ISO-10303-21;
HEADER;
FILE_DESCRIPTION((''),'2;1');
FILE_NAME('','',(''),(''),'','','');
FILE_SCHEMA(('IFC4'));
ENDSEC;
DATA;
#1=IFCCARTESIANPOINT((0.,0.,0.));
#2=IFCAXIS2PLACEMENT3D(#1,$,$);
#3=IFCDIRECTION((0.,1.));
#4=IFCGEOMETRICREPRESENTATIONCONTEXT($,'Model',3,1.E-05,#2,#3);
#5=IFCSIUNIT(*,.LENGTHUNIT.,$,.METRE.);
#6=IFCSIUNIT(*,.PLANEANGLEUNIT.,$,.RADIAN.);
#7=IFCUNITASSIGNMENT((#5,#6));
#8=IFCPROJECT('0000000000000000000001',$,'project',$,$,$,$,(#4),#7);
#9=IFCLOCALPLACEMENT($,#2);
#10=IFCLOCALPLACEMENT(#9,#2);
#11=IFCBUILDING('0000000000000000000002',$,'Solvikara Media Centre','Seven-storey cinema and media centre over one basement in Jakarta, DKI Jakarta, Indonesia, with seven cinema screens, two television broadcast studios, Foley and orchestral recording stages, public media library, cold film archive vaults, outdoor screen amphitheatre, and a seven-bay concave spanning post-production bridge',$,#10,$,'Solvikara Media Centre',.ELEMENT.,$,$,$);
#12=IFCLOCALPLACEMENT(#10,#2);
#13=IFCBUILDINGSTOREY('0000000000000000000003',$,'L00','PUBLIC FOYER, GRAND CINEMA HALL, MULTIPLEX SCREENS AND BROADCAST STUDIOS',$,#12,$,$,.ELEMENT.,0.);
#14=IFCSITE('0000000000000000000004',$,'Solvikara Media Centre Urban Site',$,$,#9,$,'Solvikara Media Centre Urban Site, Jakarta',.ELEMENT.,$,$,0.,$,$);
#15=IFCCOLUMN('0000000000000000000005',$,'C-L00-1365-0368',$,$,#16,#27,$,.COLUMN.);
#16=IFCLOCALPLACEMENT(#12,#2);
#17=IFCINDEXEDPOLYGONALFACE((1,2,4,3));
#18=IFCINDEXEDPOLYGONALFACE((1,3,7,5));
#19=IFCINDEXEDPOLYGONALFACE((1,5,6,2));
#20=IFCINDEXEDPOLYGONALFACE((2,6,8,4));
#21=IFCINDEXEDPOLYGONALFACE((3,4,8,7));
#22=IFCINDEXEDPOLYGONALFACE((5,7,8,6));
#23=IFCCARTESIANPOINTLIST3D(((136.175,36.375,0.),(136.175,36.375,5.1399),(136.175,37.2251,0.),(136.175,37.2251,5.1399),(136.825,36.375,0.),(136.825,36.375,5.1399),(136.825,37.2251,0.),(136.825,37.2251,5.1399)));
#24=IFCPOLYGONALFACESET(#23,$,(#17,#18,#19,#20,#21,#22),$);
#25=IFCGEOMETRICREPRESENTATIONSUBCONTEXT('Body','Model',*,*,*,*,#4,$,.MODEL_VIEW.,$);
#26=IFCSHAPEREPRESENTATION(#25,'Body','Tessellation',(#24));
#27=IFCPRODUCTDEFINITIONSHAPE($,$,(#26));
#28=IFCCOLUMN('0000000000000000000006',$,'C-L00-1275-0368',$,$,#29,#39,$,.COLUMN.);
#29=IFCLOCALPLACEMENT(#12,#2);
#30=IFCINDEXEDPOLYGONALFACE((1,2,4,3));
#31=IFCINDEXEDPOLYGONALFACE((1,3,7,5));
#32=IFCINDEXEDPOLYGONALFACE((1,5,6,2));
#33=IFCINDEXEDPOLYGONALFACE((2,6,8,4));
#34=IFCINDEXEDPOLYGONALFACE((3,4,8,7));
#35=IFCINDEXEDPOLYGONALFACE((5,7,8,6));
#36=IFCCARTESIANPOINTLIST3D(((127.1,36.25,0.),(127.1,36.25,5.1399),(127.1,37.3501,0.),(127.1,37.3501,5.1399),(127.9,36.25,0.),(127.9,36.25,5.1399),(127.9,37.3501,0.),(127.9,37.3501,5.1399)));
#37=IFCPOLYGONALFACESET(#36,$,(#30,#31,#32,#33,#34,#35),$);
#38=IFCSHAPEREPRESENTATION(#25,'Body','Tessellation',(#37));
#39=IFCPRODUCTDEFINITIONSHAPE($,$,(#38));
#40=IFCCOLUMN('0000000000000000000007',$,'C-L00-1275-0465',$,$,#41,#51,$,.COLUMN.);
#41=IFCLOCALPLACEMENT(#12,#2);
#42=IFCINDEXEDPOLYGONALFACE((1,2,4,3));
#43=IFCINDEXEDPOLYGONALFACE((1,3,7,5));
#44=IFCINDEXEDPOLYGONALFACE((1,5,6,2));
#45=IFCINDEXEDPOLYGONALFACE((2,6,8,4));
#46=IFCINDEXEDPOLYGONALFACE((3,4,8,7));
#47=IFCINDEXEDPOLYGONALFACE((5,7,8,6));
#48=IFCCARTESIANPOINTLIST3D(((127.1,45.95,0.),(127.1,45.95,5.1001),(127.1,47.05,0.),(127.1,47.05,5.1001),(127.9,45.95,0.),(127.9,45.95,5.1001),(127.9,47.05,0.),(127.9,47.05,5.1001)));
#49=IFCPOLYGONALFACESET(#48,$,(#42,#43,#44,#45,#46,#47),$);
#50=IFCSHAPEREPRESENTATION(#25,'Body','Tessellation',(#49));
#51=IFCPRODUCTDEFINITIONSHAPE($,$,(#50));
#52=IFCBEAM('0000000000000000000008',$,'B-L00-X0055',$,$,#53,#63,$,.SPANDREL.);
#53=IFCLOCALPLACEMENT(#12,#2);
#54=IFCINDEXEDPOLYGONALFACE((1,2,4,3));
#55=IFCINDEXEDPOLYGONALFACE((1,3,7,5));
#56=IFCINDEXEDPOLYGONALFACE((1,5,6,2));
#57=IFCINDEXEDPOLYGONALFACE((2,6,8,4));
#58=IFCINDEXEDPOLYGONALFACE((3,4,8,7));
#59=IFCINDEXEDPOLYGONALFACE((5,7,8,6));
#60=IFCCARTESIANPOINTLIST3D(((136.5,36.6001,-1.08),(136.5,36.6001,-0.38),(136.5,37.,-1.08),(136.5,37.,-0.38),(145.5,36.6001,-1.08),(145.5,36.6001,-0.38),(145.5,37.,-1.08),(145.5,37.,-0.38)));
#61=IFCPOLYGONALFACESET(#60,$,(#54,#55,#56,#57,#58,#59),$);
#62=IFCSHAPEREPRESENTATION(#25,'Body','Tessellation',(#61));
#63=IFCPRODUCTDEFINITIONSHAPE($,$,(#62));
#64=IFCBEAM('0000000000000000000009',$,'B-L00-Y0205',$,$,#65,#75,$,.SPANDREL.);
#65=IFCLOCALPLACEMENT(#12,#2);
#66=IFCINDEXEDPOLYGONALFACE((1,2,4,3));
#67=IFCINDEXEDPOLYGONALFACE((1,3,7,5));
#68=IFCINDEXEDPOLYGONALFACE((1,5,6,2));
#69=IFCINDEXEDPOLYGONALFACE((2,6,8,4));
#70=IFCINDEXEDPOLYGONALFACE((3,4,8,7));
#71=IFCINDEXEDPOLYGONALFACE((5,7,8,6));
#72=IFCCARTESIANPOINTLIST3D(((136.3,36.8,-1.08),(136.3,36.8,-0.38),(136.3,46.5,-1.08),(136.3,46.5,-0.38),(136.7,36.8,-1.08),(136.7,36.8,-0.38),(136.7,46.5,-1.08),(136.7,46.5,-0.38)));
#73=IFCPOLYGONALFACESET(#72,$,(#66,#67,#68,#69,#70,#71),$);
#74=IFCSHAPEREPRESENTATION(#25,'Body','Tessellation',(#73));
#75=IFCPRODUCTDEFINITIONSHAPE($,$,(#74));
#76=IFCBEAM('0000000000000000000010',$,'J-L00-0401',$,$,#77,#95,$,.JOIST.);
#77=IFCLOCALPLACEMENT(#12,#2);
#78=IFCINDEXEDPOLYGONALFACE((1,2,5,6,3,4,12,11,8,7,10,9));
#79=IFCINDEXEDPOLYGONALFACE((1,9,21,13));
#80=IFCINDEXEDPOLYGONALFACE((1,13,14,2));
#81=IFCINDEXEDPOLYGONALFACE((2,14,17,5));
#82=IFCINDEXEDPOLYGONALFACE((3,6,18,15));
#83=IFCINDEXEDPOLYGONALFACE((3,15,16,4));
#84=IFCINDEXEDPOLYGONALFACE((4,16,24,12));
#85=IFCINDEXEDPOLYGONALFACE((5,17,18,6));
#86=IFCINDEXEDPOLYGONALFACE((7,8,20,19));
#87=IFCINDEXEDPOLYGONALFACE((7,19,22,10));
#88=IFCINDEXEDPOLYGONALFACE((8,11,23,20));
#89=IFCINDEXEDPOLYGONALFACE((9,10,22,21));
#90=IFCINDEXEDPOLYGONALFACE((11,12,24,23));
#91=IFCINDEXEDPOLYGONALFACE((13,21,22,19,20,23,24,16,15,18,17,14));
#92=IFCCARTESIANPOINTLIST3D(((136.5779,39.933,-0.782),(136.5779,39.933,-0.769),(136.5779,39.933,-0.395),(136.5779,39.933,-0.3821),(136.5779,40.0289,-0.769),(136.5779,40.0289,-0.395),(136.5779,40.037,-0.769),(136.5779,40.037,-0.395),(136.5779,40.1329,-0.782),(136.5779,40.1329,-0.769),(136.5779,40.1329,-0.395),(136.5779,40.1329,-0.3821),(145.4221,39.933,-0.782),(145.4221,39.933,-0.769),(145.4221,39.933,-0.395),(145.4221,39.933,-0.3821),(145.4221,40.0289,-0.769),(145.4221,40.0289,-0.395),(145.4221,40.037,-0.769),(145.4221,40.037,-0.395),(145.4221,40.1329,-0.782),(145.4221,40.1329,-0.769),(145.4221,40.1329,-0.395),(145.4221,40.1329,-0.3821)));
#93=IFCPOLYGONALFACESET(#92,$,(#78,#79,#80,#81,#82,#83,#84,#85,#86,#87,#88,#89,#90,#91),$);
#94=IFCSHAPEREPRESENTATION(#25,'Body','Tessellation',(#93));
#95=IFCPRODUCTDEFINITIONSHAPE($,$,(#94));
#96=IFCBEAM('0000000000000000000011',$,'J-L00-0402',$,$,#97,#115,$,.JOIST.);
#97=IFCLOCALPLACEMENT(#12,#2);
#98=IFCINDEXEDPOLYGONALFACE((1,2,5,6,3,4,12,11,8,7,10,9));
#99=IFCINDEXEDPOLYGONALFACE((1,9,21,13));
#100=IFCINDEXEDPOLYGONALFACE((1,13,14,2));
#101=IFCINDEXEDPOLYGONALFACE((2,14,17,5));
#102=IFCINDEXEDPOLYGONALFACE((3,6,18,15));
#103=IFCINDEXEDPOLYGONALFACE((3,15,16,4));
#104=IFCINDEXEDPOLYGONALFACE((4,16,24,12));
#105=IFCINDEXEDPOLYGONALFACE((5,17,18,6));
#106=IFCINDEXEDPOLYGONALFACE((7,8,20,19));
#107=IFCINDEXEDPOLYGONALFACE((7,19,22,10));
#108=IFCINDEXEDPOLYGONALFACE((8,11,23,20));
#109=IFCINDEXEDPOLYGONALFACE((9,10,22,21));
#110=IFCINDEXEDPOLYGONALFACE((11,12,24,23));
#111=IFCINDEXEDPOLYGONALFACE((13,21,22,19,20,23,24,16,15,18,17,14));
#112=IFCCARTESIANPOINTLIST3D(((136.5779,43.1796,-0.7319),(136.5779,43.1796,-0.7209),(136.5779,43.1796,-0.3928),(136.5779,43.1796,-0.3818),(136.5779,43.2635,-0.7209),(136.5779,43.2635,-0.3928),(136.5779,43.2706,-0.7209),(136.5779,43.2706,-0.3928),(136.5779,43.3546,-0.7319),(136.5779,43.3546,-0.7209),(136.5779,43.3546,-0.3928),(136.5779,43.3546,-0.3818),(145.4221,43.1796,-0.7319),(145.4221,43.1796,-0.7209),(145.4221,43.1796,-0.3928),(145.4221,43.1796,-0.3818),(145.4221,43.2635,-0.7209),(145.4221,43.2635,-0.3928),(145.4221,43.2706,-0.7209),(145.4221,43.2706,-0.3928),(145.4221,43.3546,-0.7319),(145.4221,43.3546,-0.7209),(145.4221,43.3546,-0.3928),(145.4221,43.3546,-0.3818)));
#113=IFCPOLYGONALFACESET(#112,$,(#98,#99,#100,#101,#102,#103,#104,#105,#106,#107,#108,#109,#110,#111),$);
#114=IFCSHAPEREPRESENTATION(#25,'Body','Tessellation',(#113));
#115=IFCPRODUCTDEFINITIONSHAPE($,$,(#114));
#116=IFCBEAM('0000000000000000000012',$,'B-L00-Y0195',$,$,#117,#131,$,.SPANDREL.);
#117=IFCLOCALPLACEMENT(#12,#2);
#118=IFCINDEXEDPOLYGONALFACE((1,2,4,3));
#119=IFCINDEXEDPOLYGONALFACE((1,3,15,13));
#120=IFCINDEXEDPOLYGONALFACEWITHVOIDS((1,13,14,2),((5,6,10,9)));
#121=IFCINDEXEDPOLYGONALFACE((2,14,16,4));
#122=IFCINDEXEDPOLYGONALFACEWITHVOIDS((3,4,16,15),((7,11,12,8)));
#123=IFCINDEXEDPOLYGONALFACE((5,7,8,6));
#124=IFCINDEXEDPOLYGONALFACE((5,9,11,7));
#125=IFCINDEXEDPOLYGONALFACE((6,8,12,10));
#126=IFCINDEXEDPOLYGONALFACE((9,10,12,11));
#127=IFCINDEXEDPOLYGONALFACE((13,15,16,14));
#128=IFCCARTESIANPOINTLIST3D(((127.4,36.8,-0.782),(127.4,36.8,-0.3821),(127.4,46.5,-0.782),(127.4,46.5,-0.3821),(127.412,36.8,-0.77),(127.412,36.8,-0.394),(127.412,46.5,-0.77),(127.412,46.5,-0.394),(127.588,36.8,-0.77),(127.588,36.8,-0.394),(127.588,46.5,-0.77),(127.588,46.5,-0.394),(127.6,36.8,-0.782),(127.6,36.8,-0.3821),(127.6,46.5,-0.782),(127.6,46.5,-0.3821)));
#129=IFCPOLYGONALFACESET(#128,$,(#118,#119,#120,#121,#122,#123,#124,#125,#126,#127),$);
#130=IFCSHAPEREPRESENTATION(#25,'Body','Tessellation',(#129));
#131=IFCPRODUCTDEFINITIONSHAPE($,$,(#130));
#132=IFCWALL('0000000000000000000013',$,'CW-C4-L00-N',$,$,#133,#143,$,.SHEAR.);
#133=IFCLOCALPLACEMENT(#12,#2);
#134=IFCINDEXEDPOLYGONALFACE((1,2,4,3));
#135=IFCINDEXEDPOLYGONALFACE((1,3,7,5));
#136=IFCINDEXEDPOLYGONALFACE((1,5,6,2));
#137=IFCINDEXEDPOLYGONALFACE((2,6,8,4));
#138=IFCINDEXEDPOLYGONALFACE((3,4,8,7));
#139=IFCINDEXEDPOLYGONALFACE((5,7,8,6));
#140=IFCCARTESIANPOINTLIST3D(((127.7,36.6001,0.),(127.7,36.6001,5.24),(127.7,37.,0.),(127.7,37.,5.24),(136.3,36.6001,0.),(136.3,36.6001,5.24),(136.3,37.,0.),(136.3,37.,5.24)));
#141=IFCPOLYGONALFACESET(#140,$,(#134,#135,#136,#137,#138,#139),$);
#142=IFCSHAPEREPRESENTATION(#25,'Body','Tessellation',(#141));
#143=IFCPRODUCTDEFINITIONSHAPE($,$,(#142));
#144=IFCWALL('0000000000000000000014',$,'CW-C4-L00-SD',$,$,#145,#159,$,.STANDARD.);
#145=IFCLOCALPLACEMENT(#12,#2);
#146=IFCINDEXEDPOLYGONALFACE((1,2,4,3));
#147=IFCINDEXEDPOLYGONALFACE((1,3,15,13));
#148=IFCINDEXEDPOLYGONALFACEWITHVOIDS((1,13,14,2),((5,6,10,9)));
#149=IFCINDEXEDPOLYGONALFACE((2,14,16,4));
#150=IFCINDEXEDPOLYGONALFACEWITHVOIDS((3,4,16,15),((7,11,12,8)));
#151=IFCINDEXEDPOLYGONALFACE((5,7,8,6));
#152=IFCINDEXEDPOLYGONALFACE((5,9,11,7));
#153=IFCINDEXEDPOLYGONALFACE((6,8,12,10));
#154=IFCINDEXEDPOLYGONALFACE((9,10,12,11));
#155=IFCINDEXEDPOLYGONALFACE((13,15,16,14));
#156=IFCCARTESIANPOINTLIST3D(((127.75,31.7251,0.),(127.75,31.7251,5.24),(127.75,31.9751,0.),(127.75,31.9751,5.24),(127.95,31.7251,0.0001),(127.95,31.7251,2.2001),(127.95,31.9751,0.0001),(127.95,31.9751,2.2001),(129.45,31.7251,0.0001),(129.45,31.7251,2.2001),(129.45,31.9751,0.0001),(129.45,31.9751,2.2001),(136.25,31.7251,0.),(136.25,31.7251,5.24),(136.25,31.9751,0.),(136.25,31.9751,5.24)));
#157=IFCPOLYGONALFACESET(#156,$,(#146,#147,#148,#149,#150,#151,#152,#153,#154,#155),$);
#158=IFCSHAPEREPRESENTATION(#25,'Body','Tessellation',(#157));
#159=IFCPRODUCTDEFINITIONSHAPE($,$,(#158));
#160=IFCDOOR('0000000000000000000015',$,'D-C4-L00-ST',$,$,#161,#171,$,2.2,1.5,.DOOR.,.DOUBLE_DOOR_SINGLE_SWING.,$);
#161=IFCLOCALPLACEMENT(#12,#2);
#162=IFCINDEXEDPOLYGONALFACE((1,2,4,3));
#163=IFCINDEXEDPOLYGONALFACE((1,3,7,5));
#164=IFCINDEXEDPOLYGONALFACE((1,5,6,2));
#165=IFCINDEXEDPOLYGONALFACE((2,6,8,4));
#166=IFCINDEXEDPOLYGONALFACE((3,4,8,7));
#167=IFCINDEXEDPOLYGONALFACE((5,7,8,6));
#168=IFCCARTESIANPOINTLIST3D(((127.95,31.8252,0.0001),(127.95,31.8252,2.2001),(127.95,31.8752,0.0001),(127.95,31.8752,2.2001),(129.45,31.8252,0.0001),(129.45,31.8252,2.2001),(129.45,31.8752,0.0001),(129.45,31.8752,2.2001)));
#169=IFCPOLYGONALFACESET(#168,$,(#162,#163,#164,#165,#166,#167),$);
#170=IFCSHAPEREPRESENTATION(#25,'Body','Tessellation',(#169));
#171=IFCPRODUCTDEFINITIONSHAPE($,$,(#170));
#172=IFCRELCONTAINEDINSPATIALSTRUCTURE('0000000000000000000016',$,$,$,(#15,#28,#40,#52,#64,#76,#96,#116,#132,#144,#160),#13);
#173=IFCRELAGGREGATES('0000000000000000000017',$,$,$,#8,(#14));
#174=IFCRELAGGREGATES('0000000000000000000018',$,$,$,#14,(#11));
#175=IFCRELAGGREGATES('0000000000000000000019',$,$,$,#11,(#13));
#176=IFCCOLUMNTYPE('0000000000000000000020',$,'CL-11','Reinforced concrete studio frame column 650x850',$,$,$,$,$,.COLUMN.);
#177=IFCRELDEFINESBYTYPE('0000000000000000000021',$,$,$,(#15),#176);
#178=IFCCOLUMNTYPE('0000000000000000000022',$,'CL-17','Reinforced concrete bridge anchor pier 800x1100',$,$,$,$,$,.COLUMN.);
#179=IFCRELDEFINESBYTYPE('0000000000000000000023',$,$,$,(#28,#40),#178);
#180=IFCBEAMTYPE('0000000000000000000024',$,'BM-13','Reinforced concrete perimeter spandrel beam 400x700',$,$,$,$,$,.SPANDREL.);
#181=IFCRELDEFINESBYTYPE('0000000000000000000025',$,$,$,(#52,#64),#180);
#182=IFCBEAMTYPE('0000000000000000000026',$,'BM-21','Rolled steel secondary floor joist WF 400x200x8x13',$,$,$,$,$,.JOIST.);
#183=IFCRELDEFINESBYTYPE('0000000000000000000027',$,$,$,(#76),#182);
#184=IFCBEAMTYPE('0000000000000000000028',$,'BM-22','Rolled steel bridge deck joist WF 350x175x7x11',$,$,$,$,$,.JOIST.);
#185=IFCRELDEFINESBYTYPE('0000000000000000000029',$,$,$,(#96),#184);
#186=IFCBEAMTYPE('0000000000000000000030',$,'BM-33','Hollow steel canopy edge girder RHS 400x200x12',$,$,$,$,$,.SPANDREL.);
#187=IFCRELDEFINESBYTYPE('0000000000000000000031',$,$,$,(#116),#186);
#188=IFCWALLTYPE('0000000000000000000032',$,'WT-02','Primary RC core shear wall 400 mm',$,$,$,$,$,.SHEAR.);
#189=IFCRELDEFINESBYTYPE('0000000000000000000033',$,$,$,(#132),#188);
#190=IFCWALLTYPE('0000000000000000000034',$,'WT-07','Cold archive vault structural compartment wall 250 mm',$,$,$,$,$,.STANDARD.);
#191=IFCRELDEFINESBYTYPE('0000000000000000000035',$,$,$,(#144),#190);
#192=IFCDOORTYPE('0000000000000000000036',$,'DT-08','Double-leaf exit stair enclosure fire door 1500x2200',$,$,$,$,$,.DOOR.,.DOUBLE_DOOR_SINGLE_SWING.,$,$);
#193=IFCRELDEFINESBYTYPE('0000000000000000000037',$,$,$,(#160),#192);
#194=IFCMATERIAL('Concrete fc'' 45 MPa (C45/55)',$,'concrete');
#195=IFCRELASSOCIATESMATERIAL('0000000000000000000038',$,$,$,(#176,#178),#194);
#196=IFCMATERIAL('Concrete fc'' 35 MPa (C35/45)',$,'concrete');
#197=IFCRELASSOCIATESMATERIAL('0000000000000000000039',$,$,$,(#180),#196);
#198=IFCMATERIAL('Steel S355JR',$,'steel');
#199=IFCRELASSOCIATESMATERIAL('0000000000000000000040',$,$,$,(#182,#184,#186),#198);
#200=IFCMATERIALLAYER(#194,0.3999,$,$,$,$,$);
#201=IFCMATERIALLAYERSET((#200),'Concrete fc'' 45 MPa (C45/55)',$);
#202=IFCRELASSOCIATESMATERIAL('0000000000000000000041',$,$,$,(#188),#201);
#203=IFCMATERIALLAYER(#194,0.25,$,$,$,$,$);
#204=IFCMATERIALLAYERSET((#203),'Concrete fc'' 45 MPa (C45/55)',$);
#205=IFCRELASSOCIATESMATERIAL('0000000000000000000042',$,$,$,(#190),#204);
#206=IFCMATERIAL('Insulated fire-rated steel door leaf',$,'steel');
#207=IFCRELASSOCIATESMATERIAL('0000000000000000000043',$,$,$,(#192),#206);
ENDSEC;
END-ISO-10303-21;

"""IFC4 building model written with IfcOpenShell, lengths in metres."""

from ifc_helpers import new_model, si_unit, direction, frame, frame_2d, origin, origin_2d, place, context, subcontext, project, spatial, rectangle, hollow_rectangle, i_section, extrude, material, layer, layer_set, material_profile, profile_set, type_object, element, fill, save


model = new_model("IFC4")

# Units and contexts
model_context = context("Model", 3, precision=1e-05, world=origin(), true_north=direction((0.0, 1.0)))
body_context = subcontext(model_context, "Body", "Model", "MODEL_VIEW")
ifc_project = project(units=[si_unit("LENGTHUNIT", "METRE"), si_unit("PLANEANGLEUNIT", "RADIAN")], contexts=[model_context])

# Site, building, storey
site_placement = place(None, origin())
site = spatial("IfcSite", under=ifc_project, at=site_placement, Name="Solvikara Media Centre Urban Site", LongName="Solvikara Media Centre Urban Site, Jakarta", CompositionType="ELEMENT", RefElevation=0.0)
building_placement = place(site_placement, origin())
building = spatial("IfcBuilding", under=site, at=building_placement, Name="Solvikara Media Centre", Description="Seven-storey cinema and media centre over one basement in Jakarta, DKI Jakarta, Indonesia, with seven cinema screens, two television broadcast studios, Foley and orchestral recording stages, public media library, cold film archive vaults, outdoor screen amphitheatre, and a seven-bay concave spanning post-production bridge", LongName="Solvikara Media Centre", CompositionType="ELEMENT")
storey_placement = place(building_placement, origin())
storey = spatial("IfcBuildingStorey", under=building, at=storey_placement, Name="L00", Description="PUBLIC FOYER, GRAND CINEMA HALL, MULTIPLEX SCREENS AND BROADCAST STUDIOS", CompositionType="ELEMENT", Elevation=0.0)

# Columns
ifc_material_1 = material(Name="Concrete fc' 45 MPa (C45/55)", Category="concrete")
ifc_material_profile_1 = material_profile(ifc_material_1, rectangle(XDim=0.6499, YDim=0.8501, at=origin_2d()), Name="RC 650x850")
ifc_profile_set_1 = profile_set([ifc_material_profile_1], Name="Concrete fc' 45 MPa (C45/55)")
column_type_1 = type_object("IfcColumnType", Name="CL-11", Description="Reinforced concrete studio frame column 650x850", PredefinedType="COLUMN", material=ifc_profile_set_1)
column_1_placement = place(storey_placement, frame((136.5, 36.8, 0.0), z_axis=(0.0, 0.0, 1.0), x_axis=(1.0, 0.0, 0.0)))
element("IfcColumn", 1, at=column_1_placement, inside=storey, type_object=column_type_1, Name="C-L00-1365-0368", PredefinedType="COLUMN", context=body_context, shape_type="SweptSolid", body=[
    extrude(rectangle(XDim=0.6499, YDim=0.8501, at=origin_2d()), origin(), (0.0, 0.0, 1.0), 5.1399),
])
ifc_material_profile_2 = material_profile(ifc_material_1, rectangle(XDim=0.8, YDim=1.1001, at=origin_2d()), Name="RC 800x1100")
ifc_profile_set_2 = profile_set([ifc_material_profile_2], Name="Concrete fc' 45 MPa (C45/55)")
column_type_2 = type_object("IfcColumnType", Name="CL-17", Description="Reinforced concrete bridge anchor pier 800x1100", PredefinedType="COLUMN", material=ifc_profile_set_2)
column_2_placement = place(storey_placement, frame((127.5, 36.8, 0.0), z_axis=(0.0, 0.0, 1.0), x_axis=(1.0, 0.0, 0.0)))
element("IfcColumn", 2, at=column_2_placement, inside=storey, type_object=column_type_2, Name="C-L00-1275-0368", PredefinedType="COLUMN", context=body_context, shape_type="SweptSolid", body=[
    extrude(rectangle(XDim=0.8, YDim=1.1001, at=origin_2d()), origin(), (0.0, 0.0, 1.0), 5.1399),
])
column_3_placement = place(storey_placement, frame((127.5, 46.5, 0.0), z_axis=(0.0, 0.0, 1.0), x_axis=(1.0, 0.0, 0.0)))
element("IfcColumn", 3, at=column_3_placement, inside=storey, type_object=column_type_2, Name="C-L00-1275-0465", PredefinedType="COLUMN", context=body_context, shape_type="SweptSolid", body=[
    extrude(rectangle(XDim=0.8, YDim=1.1001, at=origin_2d()), origin(), (0.0, 0.0, 1.0), 5.1001),
])

# Beams
ifc_material_2 = material(Name="Concrete fc' 35 MPa (C35/45)", Category="concrete")
ifc_material_profile_3 = material_profile(ifc_material_2, rectangle(XDim=0.3999, YDim=0.7, at=origin_2d()), Name="RC 400x700")
ifc_profile_set_3 = profile_set([ifc_material_profile_3], Name="Concrete fc' 35 MPa (C35/45)")
beam_type_1 = type_object("IfcBeamType", Name="BM-13", Description="Reinforced concrete perimeter spandrel beam 400x700", PredefinedType="SPANDREL", material=ifc_profile_set_3)
beam_1_placement = place(storey_placement, frame((136.5, 36.8, -0.73), z_axis=(1.0, 0.0, 0.0), x_axis=(0.0, 1.0, 0.0)))
element("IfcBeam", 4, at=beam_1_placement, inside=storey, type_object=beam_type_1, Name="B-L00-X0055", PredefinedType="SPANDREL", context=body_context, shape_type="SweptSolid", body=[
    extrude(rectangle(XDim=0.3999, YDim=0.7, at=origin_2d()), origin(), (0.0, 0.0, 1.0), 9.0),
])
beam_2_placement = place(storey_placement, frame((136.5, 36.8, -0.73), z_axis=(0.0, 1.0, 0.0), x_axis=(-1.0, 0.0, 0.0)))
element("IfcBeam", 5, at=beam_2_placement, inside=storey, type_object=beam_type_1, Name="B-L00-Y0205", PredefinedType="SPANDREL", context=body_context, shape_type="SweptSolid", body=[
    extrude(rectangle(XDim=0.3999, YDim=0.7, at=origin_2d()), origin(), (0.0, 0.0, 1.0), 9.7),
])
ifc_material_3 = material(Name="Steel S355JR", Category="steel")
ifc_material_profile_4 = material_profile(ifc_material_3, i_section(OverallWidth=0.2, OverallDepth=0.3999, WebThickness=0.0081, FlangeThickness=0.0129, at=origin_2d()), Name="WF 400x200x8x13")
ifc_profile_set_4 = profile_set([ifc_material_profile_4], Name="Steel S355JR")
beam_type_2 = type_object("IfcBeamType", Name="BM-21", Description="Rolled steel secondary floor joist WF 400x200x8x13", PredefinedType="JOIST", material=ifc_profile_set_4)
beam_3_placement = place(storey_placement, frame((136.5779, 40.033, -0.582), z_axis=(1.0, 0.0, 0.0), x_axis=(0.0, 1.0, 0.0)))
element("IfcBeam", 6, at=beam_3_placement, inside=storey, type_object=beam_type_2, Name="J-L00-0401", PredefinedType="JOIST", context=body_context, shape_type="SweptSolid", body=[
    extrude(i_section(OverallWidth=0.2, OverallDepth=0.3999, WebThickness=0.0081, FlangeThickness=0.0129, at=origin_2d()), origin(), (0.0, 0.0, 1.0), 8.8442),
])
ifc_material_profile_5 = material_profile(ifc_material_3, i_section(OverallWidth=0.175, OverallDepth=0.3501, WebThickness=0.0071, FlangeThickness=0.011, at=origin_2d()), Name="WF 350x175x7x11")
ifc_profile_set_5 = profile_set([ifc_material_profile_5], Name="Steel S355JR")
beam_type_3 = type_object("IfcBeamType", Name="BM-22", Description="Rolled steel bridge deck joist WF 350x175x7x11", PredefinedType="JOIST", material=ifc_profile_set_5)
beam_4_placement = place(storey_placement, frame((136.5779, 43.2671, -0.5569), z_axis=(1.0, 0.0, 0.0), x_axis=(0.0, 1.0, 0.0)))
element("IfcBeam", 7, at=beam_4_placement, inside=storey, type_object=beam_type_3, Name="J-L00-0402", PredefinedType="JOIST", context=body_context, shape_type="SweptSolid", body=[
    extrude(i_section(OverallWidth=0.175, OverallDepth=0.3501, WebThickness=0.0071, FlangeThickness=0.011, at=origin_2d()), origin(), (0.0, 0.0, 1.0), 8.8442),
])
ifc_material_profile_6 = material_profile(ifc_material_3, hollow_rectangle(XDim=0.2, YDim=0.3999, WallThickness=0.012, at=origin_2d()), Name="RHS 400x200x12")
ifc_profile_set_6 = profile_set([ifc_material_profile_6], Name="Steel S355JR")
beam_type_4 = type_object("IfcBeamType", Name="BM-33", Description="Hollow steel canopy edge girder RHS 400x200x12", PredefinedType="SPANDREL", material=ifc_profile_set_6)
beam_5_placement = place(storey_placement, frame((127.5, 36.8, -0.582), z_axis=(0.0, 1.0, 0.0), x_axis=(-1.0, 0.0, 0.0)))
element("IfcBeam", 8, at=beam_5_placement, inside=storey, type_object=beam_type_4, Name="B-L00-Y0195", PredefinedType="SPANDREL", context=body_context, shape_type="SweptSolid", body=[
    extrude(hollow_rectangle(XDim=0.2, YDim=0.3999, WallThickness=0.012, at=origin_2d()), origin(), (0.0, 0.0, 1.0), 9.7),
])

# Wall
ifc_layer_1 = layer(ifc_material_1, 0.3999)
ifc_layer_set_1 = layer_set([ifc_layer_1], Name="Concrete fc' 45 MPa (C45/55)")
wall_type_1 = type_object("IfcWallType", Name="WT-02", Description="Primary RC core shear wall 400 mm", PredefinedType="SHEAR", material=ifc_layer_set_1)
wall_1_placement = place(storey_placement, frame((127.7, 36.8, 0.0), z_axis=(0.0, 0.0, 1.0), x_axis=(1.0, 0.0, 0.0)))
element("IfcWall", 9, at=wall_1_placement, inside=storey, type_object=wall_type_1, Name="CW-C4-L00-N", PredefinedType="SHEAR", context=body_context, shape_type="SweptSolid", body=[
    extrude(rectangle(XDim=8.6001, YDim=0.3999, at=frame_2d((4.3, 0.0))), origin(), (0.0, 0.0, 1.0), 5.24),
])

# Wall, opening, door
ifc_layer_2 = layer(ifc_material_1, 0.25)
ifc_layer_set_2 = layer_set([ifc_layer_2], Name="Concrete fc' 45 MPa (C45/55)")
wall_type_2 = type_object("IfcWallType", Name="WT-07", Description="Cold archive vault structural compartment wall 250 mm", PredefinedType="STANDARD", material=ifc_layer_set_2)
wall_2_placement = place(storey_placement, frame((127.75, 31.8501, 0.0), z_axis=(0.0, 0.0, 1.0), x_axis=(1.0, 0.0, 0.0)))
wall_2 = element("IfcWall", 10, at=wall_2_placement, inside=storey, type_object=wall_type_2, Name="CW-C4-L00-SD", PredefinedType="STANDARD", context=body_context, shape_type="SweptSolid", body=[
    extrude(rectangle(XDim=8.5, YDim=0.25, at=frame_2d((4.25, 0.0))), origin(), (0.0, 0.0, 1.0), 5.24),
])
opening_1_placement = place(wall_2_placement, frame((0.2, 0.0, 0.0)))
opening_1 = element("IfcOpeningElement", 11, at=opening_1_placement, cuts=wall_2, PredefinedType="OPENING", context=body_context, shape_type="SweptSolid", body=[
    extrude(rectangle(XDim=1.5, YDim=2.2, at=frame_2d((0.75, 1.1001))), frame((0.0, 0.137, 0.0), z_axis=(0.0, -1.0, 0.0), x_axis=(1.0, 0.0, 0.0)), (0.0, 0.0, 1.0), 0.2739),
])
ifc_material_4 = material(Name="Insulated fire-rated steel door leaf", Category="steel")
door_type_1 = type_object("IfcDoorType", Name="DT-08", Description="Double-leaf exit stair enclosure fire door 1500x2200", OperationType="DOUBLE_DOOR_SINGLE_SWING", PredefinedType="DOOR", material=ifc_material_4)
door_1_placement = place(opening_1_placement, frame((1.5, 0.0, 0.0), z_axis=(0.0, 0.0, 1.0), x_axis=(-1.0, 0.0, 0.0)))
door_1 = element("IfcDoor", 12, at=door_1_placement, inside=storey, type_object=door_type_1, Name="D-C4-L00-ST", OperationType="DOUBLE_DOOR_SINGLE_SWING", OverallHeight=2.2, OverallWidth=1.5, PredefinedType="DOOR", context=body_context, shape_type="SweptSolid", body=[
    extrude(rectangle(XDim=1.5, YDim=2.2, at=frame_2d((0.75, 1.1001))), frame((0.0, 0.0249, 0.0), z_axis=(0.0, -1.0, 0.0), x_axis=(1.0, 0.0, 0.0)), (0.0, 0.0, 1.0), 0.05),
])
fill(opening_1, door_1)

save(model, "model.ifc")
